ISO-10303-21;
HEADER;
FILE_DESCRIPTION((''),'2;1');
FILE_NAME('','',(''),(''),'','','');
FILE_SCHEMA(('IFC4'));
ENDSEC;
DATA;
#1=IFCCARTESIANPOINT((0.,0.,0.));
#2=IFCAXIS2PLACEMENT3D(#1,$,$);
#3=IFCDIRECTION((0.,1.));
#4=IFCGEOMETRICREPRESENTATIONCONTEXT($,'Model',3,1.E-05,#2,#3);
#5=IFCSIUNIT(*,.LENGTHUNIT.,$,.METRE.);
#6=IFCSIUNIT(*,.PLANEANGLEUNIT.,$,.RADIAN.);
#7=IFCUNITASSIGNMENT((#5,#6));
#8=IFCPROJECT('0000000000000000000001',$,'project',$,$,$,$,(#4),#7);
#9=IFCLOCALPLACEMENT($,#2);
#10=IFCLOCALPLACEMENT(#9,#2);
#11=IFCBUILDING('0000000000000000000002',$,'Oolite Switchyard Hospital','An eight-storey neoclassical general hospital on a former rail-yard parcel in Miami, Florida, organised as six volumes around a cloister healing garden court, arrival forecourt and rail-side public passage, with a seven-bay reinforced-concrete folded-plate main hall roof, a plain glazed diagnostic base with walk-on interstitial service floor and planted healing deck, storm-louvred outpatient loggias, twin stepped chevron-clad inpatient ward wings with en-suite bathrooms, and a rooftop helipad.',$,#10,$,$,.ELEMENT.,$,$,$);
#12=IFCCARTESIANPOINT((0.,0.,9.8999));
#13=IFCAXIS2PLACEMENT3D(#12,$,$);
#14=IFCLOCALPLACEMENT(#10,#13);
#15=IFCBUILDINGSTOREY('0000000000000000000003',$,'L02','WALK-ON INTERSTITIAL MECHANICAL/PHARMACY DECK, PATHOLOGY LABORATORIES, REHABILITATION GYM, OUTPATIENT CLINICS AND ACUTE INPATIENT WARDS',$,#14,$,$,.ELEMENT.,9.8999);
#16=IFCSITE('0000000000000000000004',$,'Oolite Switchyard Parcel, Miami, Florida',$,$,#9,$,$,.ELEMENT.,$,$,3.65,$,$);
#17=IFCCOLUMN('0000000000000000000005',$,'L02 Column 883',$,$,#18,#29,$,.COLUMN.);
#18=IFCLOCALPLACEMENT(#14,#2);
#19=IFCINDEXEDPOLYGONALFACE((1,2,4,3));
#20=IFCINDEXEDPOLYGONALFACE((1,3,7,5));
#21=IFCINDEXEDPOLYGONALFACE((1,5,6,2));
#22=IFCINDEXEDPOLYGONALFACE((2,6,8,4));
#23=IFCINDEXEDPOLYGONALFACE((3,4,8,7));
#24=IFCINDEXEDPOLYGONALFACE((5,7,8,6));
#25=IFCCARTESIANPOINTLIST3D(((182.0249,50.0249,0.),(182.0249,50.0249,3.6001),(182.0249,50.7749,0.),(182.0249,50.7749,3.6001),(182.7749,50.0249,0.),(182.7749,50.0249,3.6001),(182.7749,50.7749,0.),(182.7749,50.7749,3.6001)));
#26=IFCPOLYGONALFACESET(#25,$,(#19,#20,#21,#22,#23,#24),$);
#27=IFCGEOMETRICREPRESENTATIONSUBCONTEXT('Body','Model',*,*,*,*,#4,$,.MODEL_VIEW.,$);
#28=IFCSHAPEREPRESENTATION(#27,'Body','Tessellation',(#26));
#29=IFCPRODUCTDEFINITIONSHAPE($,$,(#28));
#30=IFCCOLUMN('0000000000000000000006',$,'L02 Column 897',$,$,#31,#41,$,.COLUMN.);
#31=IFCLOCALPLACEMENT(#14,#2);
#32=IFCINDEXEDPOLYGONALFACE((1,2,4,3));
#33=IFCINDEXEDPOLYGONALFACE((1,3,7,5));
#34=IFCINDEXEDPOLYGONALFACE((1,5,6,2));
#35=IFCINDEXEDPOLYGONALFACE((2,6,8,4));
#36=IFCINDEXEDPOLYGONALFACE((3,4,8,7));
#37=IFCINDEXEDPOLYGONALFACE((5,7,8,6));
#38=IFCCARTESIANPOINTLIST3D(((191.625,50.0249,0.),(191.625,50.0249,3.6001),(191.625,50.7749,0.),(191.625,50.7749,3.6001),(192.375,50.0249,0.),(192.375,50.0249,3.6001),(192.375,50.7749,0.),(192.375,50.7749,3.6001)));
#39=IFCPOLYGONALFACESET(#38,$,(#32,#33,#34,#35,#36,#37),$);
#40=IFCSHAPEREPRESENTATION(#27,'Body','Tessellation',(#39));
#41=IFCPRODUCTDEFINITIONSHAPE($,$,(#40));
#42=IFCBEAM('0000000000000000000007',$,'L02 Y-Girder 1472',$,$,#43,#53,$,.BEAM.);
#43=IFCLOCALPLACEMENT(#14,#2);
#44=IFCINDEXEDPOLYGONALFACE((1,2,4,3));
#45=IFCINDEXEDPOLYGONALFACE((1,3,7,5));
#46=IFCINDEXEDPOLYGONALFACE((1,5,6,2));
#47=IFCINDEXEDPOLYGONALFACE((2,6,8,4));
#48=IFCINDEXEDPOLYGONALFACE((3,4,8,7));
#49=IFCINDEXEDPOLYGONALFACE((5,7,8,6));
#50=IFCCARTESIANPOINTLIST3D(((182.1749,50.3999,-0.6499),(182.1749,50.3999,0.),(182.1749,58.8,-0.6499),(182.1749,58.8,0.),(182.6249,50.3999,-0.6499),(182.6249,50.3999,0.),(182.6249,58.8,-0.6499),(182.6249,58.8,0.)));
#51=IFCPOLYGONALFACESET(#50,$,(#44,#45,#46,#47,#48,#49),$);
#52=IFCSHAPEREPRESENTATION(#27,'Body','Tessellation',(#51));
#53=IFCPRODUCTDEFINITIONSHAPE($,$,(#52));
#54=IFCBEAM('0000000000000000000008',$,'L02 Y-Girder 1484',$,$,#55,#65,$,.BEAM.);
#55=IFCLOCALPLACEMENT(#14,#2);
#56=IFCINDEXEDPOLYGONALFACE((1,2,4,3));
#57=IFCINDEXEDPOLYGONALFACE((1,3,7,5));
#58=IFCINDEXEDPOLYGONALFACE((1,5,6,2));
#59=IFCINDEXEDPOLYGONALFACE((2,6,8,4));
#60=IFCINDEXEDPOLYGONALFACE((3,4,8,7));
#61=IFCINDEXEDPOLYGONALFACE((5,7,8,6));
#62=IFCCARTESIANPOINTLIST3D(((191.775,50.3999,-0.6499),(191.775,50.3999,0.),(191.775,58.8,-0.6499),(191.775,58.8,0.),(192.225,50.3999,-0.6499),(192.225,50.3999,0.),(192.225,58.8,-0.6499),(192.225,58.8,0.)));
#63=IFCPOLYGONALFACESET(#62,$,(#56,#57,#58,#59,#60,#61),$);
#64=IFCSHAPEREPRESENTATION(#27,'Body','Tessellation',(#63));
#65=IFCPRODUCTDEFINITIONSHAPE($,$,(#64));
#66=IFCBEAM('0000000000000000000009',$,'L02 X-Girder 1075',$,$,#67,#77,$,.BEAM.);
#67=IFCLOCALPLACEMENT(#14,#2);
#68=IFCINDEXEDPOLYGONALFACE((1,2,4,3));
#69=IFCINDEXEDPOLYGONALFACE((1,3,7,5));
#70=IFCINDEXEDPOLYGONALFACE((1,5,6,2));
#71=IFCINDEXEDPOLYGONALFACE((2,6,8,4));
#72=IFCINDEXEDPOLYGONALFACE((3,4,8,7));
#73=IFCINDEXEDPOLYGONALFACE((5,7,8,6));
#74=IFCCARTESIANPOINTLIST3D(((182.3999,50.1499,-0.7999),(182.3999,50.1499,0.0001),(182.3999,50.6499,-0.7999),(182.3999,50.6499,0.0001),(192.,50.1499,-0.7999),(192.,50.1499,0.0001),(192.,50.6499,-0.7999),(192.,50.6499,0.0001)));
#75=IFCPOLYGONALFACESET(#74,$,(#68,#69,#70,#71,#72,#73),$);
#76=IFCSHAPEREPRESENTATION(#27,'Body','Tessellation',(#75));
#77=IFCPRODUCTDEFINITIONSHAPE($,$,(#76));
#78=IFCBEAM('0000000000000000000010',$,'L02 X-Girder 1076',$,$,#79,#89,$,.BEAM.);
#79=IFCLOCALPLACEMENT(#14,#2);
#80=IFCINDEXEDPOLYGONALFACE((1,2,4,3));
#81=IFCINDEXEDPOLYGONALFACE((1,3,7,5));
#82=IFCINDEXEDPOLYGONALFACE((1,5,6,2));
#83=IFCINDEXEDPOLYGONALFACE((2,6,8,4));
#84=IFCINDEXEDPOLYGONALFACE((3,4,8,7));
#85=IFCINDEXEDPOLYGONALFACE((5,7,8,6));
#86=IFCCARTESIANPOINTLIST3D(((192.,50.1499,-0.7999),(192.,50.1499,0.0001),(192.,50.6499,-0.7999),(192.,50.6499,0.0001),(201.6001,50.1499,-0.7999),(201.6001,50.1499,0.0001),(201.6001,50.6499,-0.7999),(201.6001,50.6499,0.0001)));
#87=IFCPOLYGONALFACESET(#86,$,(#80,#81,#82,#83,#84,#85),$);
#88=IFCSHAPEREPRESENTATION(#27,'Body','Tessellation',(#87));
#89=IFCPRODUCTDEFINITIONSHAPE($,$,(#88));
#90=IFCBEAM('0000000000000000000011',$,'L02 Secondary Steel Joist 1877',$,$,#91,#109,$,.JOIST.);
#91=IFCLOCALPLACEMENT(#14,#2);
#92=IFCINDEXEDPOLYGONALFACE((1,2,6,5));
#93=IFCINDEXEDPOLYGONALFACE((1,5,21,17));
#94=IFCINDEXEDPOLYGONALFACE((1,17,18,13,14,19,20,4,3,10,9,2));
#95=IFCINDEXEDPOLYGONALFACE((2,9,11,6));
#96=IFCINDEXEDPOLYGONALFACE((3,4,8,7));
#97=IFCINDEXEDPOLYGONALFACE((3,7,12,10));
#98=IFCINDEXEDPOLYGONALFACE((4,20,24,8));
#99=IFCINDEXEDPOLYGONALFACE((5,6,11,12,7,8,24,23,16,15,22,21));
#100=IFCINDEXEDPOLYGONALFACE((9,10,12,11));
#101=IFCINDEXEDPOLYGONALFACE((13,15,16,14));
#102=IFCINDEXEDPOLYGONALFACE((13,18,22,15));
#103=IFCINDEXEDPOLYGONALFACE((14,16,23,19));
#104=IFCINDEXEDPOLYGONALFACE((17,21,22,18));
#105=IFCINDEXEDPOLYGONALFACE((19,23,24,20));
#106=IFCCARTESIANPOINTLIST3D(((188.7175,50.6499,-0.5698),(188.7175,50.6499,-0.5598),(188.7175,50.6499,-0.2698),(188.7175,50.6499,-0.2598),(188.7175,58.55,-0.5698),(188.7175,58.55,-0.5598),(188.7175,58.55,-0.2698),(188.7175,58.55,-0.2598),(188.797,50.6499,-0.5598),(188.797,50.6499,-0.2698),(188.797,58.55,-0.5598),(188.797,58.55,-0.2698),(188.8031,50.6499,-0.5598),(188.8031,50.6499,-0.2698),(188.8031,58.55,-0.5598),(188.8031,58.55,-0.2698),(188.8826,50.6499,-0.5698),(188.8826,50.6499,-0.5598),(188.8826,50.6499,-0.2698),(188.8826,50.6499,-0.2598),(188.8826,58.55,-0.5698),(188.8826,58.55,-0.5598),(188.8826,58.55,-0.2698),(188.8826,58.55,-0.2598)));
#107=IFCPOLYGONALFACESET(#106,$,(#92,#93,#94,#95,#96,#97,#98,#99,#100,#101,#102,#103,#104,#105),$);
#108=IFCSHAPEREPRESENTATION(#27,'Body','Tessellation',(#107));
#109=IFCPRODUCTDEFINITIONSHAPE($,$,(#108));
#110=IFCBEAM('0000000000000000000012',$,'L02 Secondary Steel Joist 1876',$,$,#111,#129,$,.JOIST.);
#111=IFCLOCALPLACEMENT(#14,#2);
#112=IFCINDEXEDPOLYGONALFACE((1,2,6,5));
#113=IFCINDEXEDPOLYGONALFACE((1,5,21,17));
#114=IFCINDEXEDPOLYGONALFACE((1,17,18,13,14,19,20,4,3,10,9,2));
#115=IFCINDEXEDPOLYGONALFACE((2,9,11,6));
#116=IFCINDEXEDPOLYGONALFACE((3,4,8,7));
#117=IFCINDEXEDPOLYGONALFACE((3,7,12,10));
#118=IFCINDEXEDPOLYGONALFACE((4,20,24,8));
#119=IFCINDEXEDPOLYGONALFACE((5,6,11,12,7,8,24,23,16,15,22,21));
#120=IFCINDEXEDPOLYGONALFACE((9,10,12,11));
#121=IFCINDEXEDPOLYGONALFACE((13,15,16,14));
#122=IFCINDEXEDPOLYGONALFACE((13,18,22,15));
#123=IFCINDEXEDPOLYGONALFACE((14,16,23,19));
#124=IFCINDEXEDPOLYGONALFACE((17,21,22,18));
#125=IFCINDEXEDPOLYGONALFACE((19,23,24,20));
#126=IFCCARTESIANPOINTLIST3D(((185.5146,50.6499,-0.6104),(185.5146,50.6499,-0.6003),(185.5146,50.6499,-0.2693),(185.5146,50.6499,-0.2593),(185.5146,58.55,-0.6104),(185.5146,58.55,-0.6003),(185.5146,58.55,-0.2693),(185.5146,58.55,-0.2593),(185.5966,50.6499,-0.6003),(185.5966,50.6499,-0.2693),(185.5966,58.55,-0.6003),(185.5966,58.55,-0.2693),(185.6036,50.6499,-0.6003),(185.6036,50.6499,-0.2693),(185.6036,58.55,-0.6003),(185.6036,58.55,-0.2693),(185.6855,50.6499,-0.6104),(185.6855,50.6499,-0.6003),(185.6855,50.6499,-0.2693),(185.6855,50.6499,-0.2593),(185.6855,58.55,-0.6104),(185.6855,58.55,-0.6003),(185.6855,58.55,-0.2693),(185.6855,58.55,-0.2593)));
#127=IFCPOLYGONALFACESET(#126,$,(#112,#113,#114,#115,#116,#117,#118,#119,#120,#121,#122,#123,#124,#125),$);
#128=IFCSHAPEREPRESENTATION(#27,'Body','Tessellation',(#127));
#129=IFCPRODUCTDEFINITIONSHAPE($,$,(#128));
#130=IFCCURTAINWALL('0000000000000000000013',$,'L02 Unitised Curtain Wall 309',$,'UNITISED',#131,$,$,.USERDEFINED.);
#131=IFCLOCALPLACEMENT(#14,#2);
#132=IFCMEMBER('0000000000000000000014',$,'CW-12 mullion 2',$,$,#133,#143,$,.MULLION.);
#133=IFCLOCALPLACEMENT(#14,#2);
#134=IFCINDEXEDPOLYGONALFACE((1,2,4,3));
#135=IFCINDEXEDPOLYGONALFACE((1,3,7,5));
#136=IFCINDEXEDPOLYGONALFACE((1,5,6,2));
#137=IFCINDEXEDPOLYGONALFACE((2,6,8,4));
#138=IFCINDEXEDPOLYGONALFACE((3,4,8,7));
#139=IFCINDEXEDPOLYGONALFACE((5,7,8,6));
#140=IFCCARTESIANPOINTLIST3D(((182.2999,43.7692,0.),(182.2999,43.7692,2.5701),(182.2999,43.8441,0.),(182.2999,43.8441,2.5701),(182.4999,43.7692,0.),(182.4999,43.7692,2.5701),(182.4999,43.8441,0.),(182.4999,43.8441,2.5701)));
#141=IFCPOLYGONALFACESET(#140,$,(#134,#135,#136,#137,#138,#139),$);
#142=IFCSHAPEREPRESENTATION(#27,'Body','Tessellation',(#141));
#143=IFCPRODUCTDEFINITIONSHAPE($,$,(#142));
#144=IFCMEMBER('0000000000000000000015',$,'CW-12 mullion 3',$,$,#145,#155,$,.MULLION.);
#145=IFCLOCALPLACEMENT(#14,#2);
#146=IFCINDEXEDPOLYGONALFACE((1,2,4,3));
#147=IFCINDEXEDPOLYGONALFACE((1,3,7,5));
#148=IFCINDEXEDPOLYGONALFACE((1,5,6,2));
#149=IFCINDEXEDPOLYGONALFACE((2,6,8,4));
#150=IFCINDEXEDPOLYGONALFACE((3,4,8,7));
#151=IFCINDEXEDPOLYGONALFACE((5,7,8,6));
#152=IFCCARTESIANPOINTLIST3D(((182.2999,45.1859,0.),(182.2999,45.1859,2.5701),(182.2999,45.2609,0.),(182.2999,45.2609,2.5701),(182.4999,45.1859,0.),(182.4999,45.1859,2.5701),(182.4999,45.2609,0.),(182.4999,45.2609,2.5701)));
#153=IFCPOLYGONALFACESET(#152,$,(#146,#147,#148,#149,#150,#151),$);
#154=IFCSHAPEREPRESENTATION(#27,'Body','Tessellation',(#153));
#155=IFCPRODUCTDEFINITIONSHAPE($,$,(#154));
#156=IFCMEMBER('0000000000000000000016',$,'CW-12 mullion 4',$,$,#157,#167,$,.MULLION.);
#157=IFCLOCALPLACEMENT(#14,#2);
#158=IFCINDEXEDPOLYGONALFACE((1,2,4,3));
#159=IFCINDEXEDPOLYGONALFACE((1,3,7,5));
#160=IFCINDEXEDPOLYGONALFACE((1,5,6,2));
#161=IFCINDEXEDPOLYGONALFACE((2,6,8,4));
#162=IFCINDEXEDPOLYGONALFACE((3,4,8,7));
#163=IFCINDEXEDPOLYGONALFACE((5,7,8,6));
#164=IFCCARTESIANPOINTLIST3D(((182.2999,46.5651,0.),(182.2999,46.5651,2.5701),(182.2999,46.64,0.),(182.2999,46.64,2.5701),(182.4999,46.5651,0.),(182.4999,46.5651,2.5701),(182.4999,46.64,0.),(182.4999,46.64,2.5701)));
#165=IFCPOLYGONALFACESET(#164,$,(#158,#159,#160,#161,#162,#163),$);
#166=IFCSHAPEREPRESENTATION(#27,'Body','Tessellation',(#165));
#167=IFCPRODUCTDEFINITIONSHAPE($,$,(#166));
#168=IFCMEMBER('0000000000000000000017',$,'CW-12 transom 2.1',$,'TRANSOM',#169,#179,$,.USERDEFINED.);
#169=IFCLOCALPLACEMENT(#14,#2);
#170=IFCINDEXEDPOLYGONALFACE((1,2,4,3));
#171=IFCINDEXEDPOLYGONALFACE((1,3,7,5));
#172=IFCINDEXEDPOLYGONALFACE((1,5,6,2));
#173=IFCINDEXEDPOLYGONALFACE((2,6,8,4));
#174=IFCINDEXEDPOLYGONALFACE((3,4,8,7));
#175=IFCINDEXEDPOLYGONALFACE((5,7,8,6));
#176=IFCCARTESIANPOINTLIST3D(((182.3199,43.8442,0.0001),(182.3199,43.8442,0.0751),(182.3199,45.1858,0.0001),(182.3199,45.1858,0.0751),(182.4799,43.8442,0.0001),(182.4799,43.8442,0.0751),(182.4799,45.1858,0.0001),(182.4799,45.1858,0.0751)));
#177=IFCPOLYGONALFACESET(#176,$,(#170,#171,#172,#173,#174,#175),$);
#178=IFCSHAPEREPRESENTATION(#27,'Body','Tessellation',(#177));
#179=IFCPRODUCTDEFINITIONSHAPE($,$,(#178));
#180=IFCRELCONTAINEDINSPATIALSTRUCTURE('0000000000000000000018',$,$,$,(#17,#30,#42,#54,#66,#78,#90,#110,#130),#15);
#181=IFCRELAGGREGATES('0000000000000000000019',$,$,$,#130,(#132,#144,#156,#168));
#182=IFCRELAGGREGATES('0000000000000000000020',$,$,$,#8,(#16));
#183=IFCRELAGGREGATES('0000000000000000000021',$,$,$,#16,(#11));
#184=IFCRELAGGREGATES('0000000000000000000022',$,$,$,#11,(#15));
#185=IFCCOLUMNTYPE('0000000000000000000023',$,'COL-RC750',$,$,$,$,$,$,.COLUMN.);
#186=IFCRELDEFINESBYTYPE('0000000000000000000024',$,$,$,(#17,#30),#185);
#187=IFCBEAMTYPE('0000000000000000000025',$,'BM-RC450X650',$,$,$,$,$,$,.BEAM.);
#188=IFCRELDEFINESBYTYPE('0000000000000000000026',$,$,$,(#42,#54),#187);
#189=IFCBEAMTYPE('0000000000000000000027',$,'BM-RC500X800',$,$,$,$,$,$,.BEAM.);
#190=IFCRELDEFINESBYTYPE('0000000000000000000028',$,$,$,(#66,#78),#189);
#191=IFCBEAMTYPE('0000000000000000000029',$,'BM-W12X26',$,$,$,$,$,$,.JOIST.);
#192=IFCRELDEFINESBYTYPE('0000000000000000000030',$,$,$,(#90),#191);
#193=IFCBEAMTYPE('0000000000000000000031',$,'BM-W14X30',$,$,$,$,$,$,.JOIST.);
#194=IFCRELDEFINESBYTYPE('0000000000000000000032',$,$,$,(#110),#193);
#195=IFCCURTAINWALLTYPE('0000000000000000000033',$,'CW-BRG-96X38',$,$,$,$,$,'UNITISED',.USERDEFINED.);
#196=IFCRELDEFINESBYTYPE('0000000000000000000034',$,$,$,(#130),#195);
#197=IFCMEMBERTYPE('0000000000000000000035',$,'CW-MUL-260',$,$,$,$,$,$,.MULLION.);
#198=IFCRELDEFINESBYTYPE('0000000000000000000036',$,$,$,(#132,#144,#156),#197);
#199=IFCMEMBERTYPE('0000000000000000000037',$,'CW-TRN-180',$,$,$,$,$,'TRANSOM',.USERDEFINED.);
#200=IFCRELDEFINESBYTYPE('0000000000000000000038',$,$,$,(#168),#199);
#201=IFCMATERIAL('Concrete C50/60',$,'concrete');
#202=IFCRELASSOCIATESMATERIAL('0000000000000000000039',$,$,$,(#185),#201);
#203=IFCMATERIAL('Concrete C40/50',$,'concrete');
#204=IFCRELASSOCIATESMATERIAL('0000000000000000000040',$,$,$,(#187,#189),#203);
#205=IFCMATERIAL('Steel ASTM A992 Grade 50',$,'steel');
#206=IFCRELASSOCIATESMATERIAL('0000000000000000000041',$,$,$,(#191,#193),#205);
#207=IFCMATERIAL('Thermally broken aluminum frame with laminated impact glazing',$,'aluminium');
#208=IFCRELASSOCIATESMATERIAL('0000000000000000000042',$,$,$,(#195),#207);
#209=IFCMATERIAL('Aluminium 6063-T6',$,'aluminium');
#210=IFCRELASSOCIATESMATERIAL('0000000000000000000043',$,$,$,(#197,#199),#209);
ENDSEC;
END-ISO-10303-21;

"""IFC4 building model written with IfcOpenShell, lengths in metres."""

from ifc_helpers import new_model, si_unit, direction, frame, origin, origin_2d, place, context, subcontext, project, spatial, rectangle, i_section, extrude, material, material_profile, profile_set, type_object, element, aggregate, save


model = new_model("IFC4")

# Units and contexts
model_context = context("Model", 3, precision=1e-05, world=origin(), true_north=direction((0.0, 1.0)))
body_context = subcontext(model_context, "Body", "Model", "MODEL_VIEW")
ifc_project = project(units=[si_unit("LENGTHUNIT", "METRE"), si_unit("PLANEANGLEUNIT", "RADIAN")], contexts=[model_context])

# Site, building, storey
site_placement = place(None, origin())
site = spatial("IfcSite", under=ifc_project, at=site_placement, Name="Oolite Switchyard Parcel, Miami, Florida", CompositionType="ELEMENT", RefElevation=3.65)
building_placement = place(site_placement, origin())
building = spatial("IfcBuilding", under=site, at=building_placement, Name="Oolite Switchyard Hospital", Description="An eight-storey neoclassical general hospital on a former rail-yard parcel in Miami, Florida, organised as six volumes around a cloister healing garden court, arrival forecourt and rail-side public passage, with a seven-bay reinforced-concrete folded-plate main hall roof, a plain glazed diagnostic base with walk-on interstitial service floor and planted healing deck, storm-louvred outpatient loggias, twin stepped chevron-clad inpatient ward wings with en-suite bathrooms, and a rooftop helipad.", CompositionType="ELEMENT")
storey_placement = place(building_placement, frame((0.0, 0.0, 9.8999)))
storey = spatial("IfcBuildingStorey", under=building, at=storey_placement, Name="L02", Description="WALK-ON INTERSTITIAL MECHANICAL/PHARMACY DECK, PATHOLOGY LABORATORIES, REHABILITATION GYM, OUTPATIENT CLINICS AND ACUTE INPATIENT WARDS", CompositionType="ELEMENT", Elevation=9.8999)

# Columns
ifc_material_1 = material(Name="Concrete C50/60", Category="concrete")
ifc_material_profile_1 = material_profile(ifc_material_1, rectangle(XDim=0.75, YDim=0.75, at=origin_2d()), Name="RC750X750")
ifc_profile_set_1 = profile_set([ifc_material_profile_1], Name="Concrete C50/60")
column_type = type_object("IfcColumnType", Name="COL-RC750", PredefinedType="COLUMN", material=ifc_profile_set_1)
for number, where, z_axis, x_axis, name in (
    (1, (182.3999, 50.3999, 0.0), (0.0, 0.0, 1.0), (1.0, 0.0, 0.0), "L02 Column 883"),
    (2, (192.0, 50.3999, 0.0), (0.0, 0.0, 1.0), (1.0, 0.0, 0.0), "L02 Column 897"),
):
    element("IfcColumn", number, at=place(storey_placement, frame(where, z_axis=z_axis, x_axis=x_axis)), inside=storey, type_object=column_type, Name=name, PredefinedType="COLUMN", context=body_context, shape_type="SweptSolid", body=[
        extrude(rectangle(XDim=0.75, YDim=0.75, at=origin_2d()), origin(), (0.0, 0.0, 1.0), 3.6001),
    ])

# Beams
ifc_material_2 = material(Name="Concrete C40/50", Category="concrete")
ifc_material_profile_2 = material_profile(ifc_material_2, rectangle(XDim=0.45, YDim=0.6499, at=origin_2d()), Name="RCB450X650")
ifc_profile_set_2 = profile_set([ifc_material_profile_2], Name="Concrete C40/50")
beam_type_1 = type_object("IfcBeamType", Name="BM-RC450X650", PredefinedType="BEAM", material=ifc_profile_set_2)
for number, where, z_axis, x_axis, name in (
    (3, (182.3999, 50.3999, -0.325), (0.0, 1.0, 0.0), (-1.0, 0.0, 0.0), "L02 Y-Girder 1472"),
    (4, (192.0, 50.3999, -0.325), (0.0, 1.0, 0.0), (-1.0, 0.0, 0.0), "L02 Y-Girder 1484"),
):
    element("IfcBeam", number, at=place(storey_placement, frame(where, z_axis=z_axis, x_axis=x_axis)), inside=storey, type_object=beam_type_1, Name=name, PredefinedType="BEAM", context=body_context, shape_type="SweptSolid", body=[
        extrude(rectangle(XDim=0.45, YDim=0.6499, at=origin_2d()), origin(), (0.0, 0.0, 1.0), 8.4001),
    ])
ifc_material_profile_3 = material_profile(ifc_material_2, rectangle(XDim=0.5, YDim=0.8, at=origin_2d()), Name="RCB500X800")
ifc_profile_set_3 = profile_set([ifc_material_profile_3], Name="Concrete C40/50")
beam_type_2 = type_object("IfcBeamType", Name="BM-RC500X800", PredefinedType="BEAM", material=ifc_profile_set_3)
for number, where, z_axis, x_axis, name in (
    (5, (182.3999, 50.3999, -0.3999), (1.0, 0.0, 0.0), (0.0, 1.0, 0.0), "L02 X-Girder 1075"),
    (6, (192.0, 50.3999, -0.3999), (1.0, 0.0, 0.0), (0.0, 1.0, 0.0), "L02 X-Girder 1076"),
):
    element("IfcBeam", number, at=place(storey_placement, frame(where, z_axis=z_axis, x_axis=x_axis)), inside=storey, type_object=beam_type_2, Name=name, PredefinedType="BEAM", context=body_context, shape_type="SweptSolid", body=[
        extrude(rectangle(XDim=0.5, YDim=0.8, at=origin_2d()), origin(), (0.0, 0.0, 1.0), 9.6001),
    ])
ifc_material_3 = material(Name="Steel ASTM A992 Grade 50", Category="steel")
ifc_material_profile_4 = material_profile(ifc_material_3, i_section(OverallWidth=0.165, OverallDepth=0.3101, WebThickness=0.0061, FlangeThickness=0.01, at=origin_2d()), Name="W12X26")
ifc_profile_set_4 = profile_set([ifc_material_profile_4], Name="Steel ASTM A992 Grade 50")
beam_type_3 = type_object("IfcBeamType", Name="BM-W12X26", PredefinedType="JOIST", material=ifc_profile_set_4)
beam_1_placement = place(storey_placement, frame((188.8, 50.6499, -0.4148), z_axis=(0.0, 1.0, 0.0), x_axis=(-1.0, 0.0, 0.0)))
element("IfcBeam", 7, at=beam_1_placement, inside=storey, type_object=beam_type_3, Name="L02 Secondary Steel Joist 1877", PredefinedType="JOIST", context=body_context, shape_type="SweptSolid", body=[
    extrude(i_section(OverallWidth=0.165, OverallDepth=0.3101, WebThickness=0.0061, FlangeThickness=0.01, at=origin_2d()), origin(), (0.0, 0.0, 1.0), 7.9001),
])
ifc_material_profile_5 = material_profile(ifc_material_3, i_section(OverallWidth=0.1709, OverallDepth=0.3511, WebThickness=0.0071, FlangeThickness=0.01, at=origin_2d()), Name="W14X30")
ifc_profile_set_5 = profile_set([ifc_material_profile_5], Name="Steel ASTM A992 Grade 50")
beam_type_4 = type_object("IfcBeamType", Name="BM-W14X30", PredefinedType="JOIST", material=ifc_profile_set_5)
beam_2_placement = place(storey_placement, frame((185.6001, 50.6499, -0.4348), z_axis=(0.0, 1.0, 0.0), x_axis=(-1.0, 0.0, 0.0)))
element("IfcBeam", 8, at=beam_2_placement, inside=storey, type_object=beam_type_4, Name="L02 Secondary Steel Joist 1876", PredefinedType="JOIST", context=body_context, shape_type="SweptSolid", body=[
    extrude(i_section(OverallWidth=0.1709, OverallDepth=0.3511, WebThickness=0.0071, FlangeThickness=0.01, at=origin_2d()), origin(), (0.0, 0.0, 1.0), 7.9001),
])

# Curtain wall, members
ifc_material_4 = material(Name="Thermally broken aluminum frame with laminated impact glazing", Category="aluminium")
curtain_wall_type = type_object("IfcCurtainWallType", Name="CW-BRG-96X38", ElementType="UNITISED", PredefinedType="USERDEFINED", material=ifc_material_4)
curtain_wall_placement = place(storey_placement, origin())
curtain_wall = element("IfcCurtainWall", 9, at=curtain_wall_placement, inside=storey, type_object=curtain_wall_type, Name="L02 Unitised Curtain Wall 309", ObjectType="UNITISED", PredefinedType="USERDEFINED")
ifc_material_5 = material(Name="Aluminium 6063-T6", Category="aluminium")
ifc_material_profile_6 = material_profile(ifc_material_5, rectangle(XDim=0.2, YDim=0.075, at=origin_2d()), Name="CWM75X200")
ifc_profile_set_6 = profile_set([ifc_material_profile_6], Name="Aluminium 6063-T6")
member_type_1 = type_object("IfcMemberType", Name="CW-MUL-260", PredefinedType="MULLION", material=ifc_profile_set_6)
member_1_placement = place(storey_placement, frame((182.3999, 43.8066, 0.0), z_axis=(0.0, 0.0, 1.0), x_axis=(-1.0, 0.0, 0.0)))
member_1 = element("IfcMember", 10, at=member_1_placement, type_object=member_type_1, Name="CW-12 mullion 2", PredefinedType="MULLION", context=body_context, shape_type="SweptSolid", body=[
    extrude(rectangle(XDim=0.2, YDim=0.075, at=origin_2d()), origin(), (0.0, 0.0, 1.0), 2.5701),
])
member_2_placement = place(storey_placement, frame((182.3999, 45.2234, 0.0), z_axis=(0.0, 0.0, 1.0), x_axis=(-1.0, 0.0, 0.0)))
member_2 = element("IfcMember", 11, at=member_2_placement, type_object=member_type_1, Name="CW-12 mullion 3", PredefinedType="MULLION", context=body_context, shape_type="SweptSolid", body=[
    extrude(rectangle(XDim=0.2, YDim=0.075, at=origin_2d()), origin(), (0.0, 0.0, 1.0), 2.5701),
])
member_3_placement = place(storey_placement, frame((182.3999, 46.6025, 0.0), z_axis=(0.0, 0.0, 1.0), x_axis=(-1.0, 0.0, 0.0)))
member_3 = element("IfcMember", 12, at=member_3_placement, type_object=member_type_1, Name="CW-12 mullion 4", PredefinedType="MULLION", context=body_context, shape_type="SweptSolid", body=[
    extrude(rectangle(XDim=0.2, YDim=0.075, at=origin_2d()), origin(), (0.0, 0.0, 1.0), 2.5701),
])
ifc_material_profile_7 = material_profile(ifc_material_5, rectangle(XDim=0.1599, YDim=0.075, at=origin_2d()), Name="CWT75X160")
ifc_profile_set_7 = profile_set([ifc_material_profile_7], Name="Aluminium 6063-T6")
member_type_2 = type_object("IfcMemberType", Name="CW-TRN-180", ElementType="TRANSOM", PredefinedType="USERDEFINED", material=ifc_profile_set_7)
member_4_placement = place(storey_placement, frame((182.3999, 43.8442, 0.0376), z_axis=(0.0, 1.0, 0.0), x_axis=(-1.0, 0.0, 0.0)))
member_4 = element("IfcMember", 13, at=member_4_placement, type_object=member_type_2, Name="CW-12 transom 2.1", ObjectType="TRANSOM", PredefinedType="USERDEFINED", context=body_context, shape_type="SweptSolid", body=[
    extrude(rectangle(XDim=0.1599, YDim=0.075, at=origin_2d()), origin(), (0.0, 0.0, 1.0), 1.3416),
])
aggregate(curtain_wall, [member_1, member_2, member_3, member_4])

save(model, "model.ifc")
